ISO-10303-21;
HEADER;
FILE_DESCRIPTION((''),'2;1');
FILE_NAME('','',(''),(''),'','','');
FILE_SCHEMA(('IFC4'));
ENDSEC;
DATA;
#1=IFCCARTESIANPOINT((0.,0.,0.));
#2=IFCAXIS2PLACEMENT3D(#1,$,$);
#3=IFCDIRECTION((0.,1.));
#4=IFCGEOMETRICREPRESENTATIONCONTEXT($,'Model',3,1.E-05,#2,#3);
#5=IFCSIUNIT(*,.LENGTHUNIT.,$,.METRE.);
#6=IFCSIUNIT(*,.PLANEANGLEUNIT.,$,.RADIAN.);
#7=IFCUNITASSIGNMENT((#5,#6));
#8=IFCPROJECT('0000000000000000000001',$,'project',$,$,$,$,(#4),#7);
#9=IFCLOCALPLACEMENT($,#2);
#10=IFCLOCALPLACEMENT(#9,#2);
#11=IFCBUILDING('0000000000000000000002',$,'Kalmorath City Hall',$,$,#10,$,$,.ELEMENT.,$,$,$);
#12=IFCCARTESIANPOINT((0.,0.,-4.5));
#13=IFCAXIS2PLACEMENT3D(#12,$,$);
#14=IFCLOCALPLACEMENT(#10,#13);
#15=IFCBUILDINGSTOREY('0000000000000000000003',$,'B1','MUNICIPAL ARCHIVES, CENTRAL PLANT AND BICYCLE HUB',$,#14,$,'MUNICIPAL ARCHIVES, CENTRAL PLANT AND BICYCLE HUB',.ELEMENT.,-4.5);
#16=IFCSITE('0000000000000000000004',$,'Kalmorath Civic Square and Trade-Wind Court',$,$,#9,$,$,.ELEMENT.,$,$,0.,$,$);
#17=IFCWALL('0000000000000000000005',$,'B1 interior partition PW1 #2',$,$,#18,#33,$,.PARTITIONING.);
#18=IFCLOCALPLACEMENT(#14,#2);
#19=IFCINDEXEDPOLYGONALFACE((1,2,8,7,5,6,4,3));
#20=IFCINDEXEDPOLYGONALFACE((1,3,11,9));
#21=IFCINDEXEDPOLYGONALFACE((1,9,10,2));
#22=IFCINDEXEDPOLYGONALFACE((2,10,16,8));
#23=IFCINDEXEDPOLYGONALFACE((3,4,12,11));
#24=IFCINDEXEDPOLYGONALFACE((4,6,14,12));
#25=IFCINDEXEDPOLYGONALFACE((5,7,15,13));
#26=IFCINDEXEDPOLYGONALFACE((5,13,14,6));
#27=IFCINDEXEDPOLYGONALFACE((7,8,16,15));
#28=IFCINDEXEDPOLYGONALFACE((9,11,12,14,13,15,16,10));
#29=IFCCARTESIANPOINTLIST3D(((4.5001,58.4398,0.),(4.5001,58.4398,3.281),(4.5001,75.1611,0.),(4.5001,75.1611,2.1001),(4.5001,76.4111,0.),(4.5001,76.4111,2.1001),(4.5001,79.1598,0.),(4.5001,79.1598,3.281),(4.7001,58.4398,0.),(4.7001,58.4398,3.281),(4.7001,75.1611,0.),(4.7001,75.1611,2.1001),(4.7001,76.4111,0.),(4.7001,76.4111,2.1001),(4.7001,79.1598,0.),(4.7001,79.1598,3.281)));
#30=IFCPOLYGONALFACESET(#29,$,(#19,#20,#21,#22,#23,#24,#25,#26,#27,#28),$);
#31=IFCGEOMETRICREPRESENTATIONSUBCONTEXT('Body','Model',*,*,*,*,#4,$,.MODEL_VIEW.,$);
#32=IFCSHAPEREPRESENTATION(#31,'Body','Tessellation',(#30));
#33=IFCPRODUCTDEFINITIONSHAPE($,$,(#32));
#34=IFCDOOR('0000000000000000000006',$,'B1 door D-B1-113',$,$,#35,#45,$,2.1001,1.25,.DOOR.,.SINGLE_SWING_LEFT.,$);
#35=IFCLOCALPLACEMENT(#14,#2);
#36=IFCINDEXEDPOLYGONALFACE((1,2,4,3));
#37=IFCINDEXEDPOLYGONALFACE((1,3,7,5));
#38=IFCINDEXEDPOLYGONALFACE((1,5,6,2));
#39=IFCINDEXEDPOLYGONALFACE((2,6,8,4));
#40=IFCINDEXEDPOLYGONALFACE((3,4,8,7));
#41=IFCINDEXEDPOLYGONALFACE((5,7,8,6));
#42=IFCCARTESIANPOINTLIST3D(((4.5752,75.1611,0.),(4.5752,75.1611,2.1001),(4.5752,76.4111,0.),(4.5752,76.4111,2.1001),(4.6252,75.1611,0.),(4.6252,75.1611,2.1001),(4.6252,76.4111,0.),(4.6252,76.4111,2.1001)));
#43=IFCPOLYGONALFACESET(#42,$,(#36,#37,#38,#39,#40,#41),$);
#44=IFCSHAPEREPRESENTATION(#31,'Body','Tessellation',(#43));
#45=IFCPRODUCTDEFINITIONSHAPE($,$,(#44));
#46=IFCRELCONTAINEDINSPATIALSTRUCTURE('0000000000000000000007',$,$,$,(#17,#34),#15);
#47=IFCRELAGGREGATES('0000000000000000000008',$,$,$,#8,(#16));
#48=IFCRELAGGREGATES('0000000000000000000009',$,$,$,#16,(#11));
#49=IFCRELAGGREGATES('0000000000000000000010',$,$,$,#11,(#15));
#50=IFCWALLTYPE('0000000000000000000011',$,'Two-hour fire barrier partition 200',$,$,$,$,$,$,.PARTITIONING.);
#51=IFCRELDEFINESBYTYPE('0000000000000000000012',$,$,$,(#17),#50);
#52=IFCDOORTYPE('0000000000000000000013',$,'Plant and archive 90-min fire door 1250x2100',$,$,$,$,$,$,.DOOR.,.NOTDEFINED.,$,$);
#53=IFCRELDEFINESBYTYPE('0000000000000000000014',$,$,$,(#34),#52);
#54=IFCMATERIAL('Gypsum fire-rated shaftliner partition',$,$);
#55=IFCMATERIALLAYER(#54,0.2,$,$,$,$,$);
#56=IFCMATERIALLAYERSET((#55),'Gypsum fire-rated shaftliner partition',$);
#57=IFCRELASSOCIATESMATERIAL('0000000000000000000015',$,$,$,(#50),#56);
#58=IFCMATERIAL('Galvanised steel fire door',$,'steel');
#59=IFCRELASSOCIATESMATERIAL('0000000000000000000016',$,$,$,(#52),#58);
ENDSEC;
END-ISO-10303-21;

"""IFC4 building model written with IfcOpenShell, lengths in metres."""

from ifc_helpers import new_model, si_unit, direction, frame, frame_2d, origin, place, context, subcontext, project, spatial, rectangle, extrude, material, layer, layer_set, type_object, element, fill, save


model = new_model("IFC4")

# Units and contexts
model_context = context("Model", 3, precision=1e-05, world=origin(), true_north=direction((0.0, 1.0)))
body_context = subcontext(model_context, "Body", "Model", "MODEL_VIEW")
ifc_project = project(units=[si_unit("LENGTHUNIT", "METRE"), si_unit("PLANEANGLEUNIT", "RADIAN")], contexts=[model_context])

# Site, building, storey
site_placement = place(None, origin())
site = spatial("IfcSite", under=ifc_project, at=site_placement, Name="Kalmorath Civic Square and Trade-Wind Court", CompositionType="ELEMENT", RefElevation=0.0)
building_placement = place(site_placement, origin())
building = spatial("IfcBuilding", under=site, at=building_placement, Name="Kalmorath City Hall", CompositionType="ELEMENT")
storey_placement = place(building_placement, frame((0.0, 0.0, -4.5)))
storey = spatial("IfcBuildingStorey", under=building, at=storey_placement, Name="B1", Description="MUNICIPAL ARCHIVES, CENTRAL PLANT AND BICYCLE HUB", LongName="MUNICIPAL ARCHIVES, CENTRAL PLANT AND BICYCLE HUB", CompositionType="ELEMENT", Elevation=-4.5)

# Wall, opening, door
ifc_material_1 = material(Name="Gypsum fire-rated shaftliner partition")
ifc_layer_1 = layer(ifc_material_1, 0.2)
ifc_layer_set_1 = layer_set([ifc_layer_1], Name="Gypsum fire-rated shaftliner partition")
wall_type_1 = type_object("IfcWallType", Name="Two-hour fire barrier partition 200", PredefinedType="PARTITIONING", material=ifc_layer_set_1)
wall_1_placement = place(storey_placement, frame((4.6001, 58.4399, 0.0), z_axis=(0.0, 0.0, 1.0), x_axis=(0.0, 1.0, 0.0)))
wall_1 = element("IfcWall", 1, at=wall_1_placement, inside=storey, type_object=wall_type_1, Name="B1 interior partition PW1 #2", PredefinedType="PARTITIONING", context=body_context, shape_type="SweptSolid", body=[
    extrude(rectangle(XDim=20.72, YDim=0.2, at=frame_2d((10.3599, 0.0))), origin(), (0.0, 0.0, 1.0), 3.281),
])
opening_placement = place(wall_1_placement, frame((16.7212, 0.0, 0.0)))
opening = element("IfcOpeningElement", 2, at=opening_placement, cuts=wall_1, PredefinedType="OPENING", context=body_context, shape_type="SweptSolid", body=[
    extrude(rectangle(XDim=1.25, YDim=2.1001, at=frame_2d((0.625, 1.05))), frame((0.0, 0.1099, 0.0), z_axis=(0.0, -1.0, 0.0), x_axis=(1.0, 0.0, 0.0)), (0.0, 0.0, 1.0), 0.22),
])
ifc_material_2 = material(Name="Galvanised steel fire door", Category="steel")
door_type = type_object("IfcDoorType", Name="Plant and archive 90-min fire door 1250x2100", OperationType="NOTDEFINED", PredefinedType="DOOR", material=ifc_material_2)
door_placement = place(opening_placement, origin())
door = element("IfcDoor", 3, at=door_placement, inside=storey, type_object=door_type, Name="B1 door D-B1-113", OperationType="SINGLE_SWING_LEFT", OverallHeight=2.1001, OverallWidth=1.25, PredefinedType="DOOR", context=body_context, shape_type="SweptSolid", body=[
    extrude(rectangle(XDim=1.25, YDim=2.1001, at=frame_2d((0.625, 1.05))), frame((0.0, 0.0249, 0.0), z_axis=(0.0, -1.0, 0.0), x_axis=(1.0, 0.0, 0.0)), (0.0, 0.0, 1.0), 0.05),
])
fill(opening, door)

save(model, "model.ifc")
